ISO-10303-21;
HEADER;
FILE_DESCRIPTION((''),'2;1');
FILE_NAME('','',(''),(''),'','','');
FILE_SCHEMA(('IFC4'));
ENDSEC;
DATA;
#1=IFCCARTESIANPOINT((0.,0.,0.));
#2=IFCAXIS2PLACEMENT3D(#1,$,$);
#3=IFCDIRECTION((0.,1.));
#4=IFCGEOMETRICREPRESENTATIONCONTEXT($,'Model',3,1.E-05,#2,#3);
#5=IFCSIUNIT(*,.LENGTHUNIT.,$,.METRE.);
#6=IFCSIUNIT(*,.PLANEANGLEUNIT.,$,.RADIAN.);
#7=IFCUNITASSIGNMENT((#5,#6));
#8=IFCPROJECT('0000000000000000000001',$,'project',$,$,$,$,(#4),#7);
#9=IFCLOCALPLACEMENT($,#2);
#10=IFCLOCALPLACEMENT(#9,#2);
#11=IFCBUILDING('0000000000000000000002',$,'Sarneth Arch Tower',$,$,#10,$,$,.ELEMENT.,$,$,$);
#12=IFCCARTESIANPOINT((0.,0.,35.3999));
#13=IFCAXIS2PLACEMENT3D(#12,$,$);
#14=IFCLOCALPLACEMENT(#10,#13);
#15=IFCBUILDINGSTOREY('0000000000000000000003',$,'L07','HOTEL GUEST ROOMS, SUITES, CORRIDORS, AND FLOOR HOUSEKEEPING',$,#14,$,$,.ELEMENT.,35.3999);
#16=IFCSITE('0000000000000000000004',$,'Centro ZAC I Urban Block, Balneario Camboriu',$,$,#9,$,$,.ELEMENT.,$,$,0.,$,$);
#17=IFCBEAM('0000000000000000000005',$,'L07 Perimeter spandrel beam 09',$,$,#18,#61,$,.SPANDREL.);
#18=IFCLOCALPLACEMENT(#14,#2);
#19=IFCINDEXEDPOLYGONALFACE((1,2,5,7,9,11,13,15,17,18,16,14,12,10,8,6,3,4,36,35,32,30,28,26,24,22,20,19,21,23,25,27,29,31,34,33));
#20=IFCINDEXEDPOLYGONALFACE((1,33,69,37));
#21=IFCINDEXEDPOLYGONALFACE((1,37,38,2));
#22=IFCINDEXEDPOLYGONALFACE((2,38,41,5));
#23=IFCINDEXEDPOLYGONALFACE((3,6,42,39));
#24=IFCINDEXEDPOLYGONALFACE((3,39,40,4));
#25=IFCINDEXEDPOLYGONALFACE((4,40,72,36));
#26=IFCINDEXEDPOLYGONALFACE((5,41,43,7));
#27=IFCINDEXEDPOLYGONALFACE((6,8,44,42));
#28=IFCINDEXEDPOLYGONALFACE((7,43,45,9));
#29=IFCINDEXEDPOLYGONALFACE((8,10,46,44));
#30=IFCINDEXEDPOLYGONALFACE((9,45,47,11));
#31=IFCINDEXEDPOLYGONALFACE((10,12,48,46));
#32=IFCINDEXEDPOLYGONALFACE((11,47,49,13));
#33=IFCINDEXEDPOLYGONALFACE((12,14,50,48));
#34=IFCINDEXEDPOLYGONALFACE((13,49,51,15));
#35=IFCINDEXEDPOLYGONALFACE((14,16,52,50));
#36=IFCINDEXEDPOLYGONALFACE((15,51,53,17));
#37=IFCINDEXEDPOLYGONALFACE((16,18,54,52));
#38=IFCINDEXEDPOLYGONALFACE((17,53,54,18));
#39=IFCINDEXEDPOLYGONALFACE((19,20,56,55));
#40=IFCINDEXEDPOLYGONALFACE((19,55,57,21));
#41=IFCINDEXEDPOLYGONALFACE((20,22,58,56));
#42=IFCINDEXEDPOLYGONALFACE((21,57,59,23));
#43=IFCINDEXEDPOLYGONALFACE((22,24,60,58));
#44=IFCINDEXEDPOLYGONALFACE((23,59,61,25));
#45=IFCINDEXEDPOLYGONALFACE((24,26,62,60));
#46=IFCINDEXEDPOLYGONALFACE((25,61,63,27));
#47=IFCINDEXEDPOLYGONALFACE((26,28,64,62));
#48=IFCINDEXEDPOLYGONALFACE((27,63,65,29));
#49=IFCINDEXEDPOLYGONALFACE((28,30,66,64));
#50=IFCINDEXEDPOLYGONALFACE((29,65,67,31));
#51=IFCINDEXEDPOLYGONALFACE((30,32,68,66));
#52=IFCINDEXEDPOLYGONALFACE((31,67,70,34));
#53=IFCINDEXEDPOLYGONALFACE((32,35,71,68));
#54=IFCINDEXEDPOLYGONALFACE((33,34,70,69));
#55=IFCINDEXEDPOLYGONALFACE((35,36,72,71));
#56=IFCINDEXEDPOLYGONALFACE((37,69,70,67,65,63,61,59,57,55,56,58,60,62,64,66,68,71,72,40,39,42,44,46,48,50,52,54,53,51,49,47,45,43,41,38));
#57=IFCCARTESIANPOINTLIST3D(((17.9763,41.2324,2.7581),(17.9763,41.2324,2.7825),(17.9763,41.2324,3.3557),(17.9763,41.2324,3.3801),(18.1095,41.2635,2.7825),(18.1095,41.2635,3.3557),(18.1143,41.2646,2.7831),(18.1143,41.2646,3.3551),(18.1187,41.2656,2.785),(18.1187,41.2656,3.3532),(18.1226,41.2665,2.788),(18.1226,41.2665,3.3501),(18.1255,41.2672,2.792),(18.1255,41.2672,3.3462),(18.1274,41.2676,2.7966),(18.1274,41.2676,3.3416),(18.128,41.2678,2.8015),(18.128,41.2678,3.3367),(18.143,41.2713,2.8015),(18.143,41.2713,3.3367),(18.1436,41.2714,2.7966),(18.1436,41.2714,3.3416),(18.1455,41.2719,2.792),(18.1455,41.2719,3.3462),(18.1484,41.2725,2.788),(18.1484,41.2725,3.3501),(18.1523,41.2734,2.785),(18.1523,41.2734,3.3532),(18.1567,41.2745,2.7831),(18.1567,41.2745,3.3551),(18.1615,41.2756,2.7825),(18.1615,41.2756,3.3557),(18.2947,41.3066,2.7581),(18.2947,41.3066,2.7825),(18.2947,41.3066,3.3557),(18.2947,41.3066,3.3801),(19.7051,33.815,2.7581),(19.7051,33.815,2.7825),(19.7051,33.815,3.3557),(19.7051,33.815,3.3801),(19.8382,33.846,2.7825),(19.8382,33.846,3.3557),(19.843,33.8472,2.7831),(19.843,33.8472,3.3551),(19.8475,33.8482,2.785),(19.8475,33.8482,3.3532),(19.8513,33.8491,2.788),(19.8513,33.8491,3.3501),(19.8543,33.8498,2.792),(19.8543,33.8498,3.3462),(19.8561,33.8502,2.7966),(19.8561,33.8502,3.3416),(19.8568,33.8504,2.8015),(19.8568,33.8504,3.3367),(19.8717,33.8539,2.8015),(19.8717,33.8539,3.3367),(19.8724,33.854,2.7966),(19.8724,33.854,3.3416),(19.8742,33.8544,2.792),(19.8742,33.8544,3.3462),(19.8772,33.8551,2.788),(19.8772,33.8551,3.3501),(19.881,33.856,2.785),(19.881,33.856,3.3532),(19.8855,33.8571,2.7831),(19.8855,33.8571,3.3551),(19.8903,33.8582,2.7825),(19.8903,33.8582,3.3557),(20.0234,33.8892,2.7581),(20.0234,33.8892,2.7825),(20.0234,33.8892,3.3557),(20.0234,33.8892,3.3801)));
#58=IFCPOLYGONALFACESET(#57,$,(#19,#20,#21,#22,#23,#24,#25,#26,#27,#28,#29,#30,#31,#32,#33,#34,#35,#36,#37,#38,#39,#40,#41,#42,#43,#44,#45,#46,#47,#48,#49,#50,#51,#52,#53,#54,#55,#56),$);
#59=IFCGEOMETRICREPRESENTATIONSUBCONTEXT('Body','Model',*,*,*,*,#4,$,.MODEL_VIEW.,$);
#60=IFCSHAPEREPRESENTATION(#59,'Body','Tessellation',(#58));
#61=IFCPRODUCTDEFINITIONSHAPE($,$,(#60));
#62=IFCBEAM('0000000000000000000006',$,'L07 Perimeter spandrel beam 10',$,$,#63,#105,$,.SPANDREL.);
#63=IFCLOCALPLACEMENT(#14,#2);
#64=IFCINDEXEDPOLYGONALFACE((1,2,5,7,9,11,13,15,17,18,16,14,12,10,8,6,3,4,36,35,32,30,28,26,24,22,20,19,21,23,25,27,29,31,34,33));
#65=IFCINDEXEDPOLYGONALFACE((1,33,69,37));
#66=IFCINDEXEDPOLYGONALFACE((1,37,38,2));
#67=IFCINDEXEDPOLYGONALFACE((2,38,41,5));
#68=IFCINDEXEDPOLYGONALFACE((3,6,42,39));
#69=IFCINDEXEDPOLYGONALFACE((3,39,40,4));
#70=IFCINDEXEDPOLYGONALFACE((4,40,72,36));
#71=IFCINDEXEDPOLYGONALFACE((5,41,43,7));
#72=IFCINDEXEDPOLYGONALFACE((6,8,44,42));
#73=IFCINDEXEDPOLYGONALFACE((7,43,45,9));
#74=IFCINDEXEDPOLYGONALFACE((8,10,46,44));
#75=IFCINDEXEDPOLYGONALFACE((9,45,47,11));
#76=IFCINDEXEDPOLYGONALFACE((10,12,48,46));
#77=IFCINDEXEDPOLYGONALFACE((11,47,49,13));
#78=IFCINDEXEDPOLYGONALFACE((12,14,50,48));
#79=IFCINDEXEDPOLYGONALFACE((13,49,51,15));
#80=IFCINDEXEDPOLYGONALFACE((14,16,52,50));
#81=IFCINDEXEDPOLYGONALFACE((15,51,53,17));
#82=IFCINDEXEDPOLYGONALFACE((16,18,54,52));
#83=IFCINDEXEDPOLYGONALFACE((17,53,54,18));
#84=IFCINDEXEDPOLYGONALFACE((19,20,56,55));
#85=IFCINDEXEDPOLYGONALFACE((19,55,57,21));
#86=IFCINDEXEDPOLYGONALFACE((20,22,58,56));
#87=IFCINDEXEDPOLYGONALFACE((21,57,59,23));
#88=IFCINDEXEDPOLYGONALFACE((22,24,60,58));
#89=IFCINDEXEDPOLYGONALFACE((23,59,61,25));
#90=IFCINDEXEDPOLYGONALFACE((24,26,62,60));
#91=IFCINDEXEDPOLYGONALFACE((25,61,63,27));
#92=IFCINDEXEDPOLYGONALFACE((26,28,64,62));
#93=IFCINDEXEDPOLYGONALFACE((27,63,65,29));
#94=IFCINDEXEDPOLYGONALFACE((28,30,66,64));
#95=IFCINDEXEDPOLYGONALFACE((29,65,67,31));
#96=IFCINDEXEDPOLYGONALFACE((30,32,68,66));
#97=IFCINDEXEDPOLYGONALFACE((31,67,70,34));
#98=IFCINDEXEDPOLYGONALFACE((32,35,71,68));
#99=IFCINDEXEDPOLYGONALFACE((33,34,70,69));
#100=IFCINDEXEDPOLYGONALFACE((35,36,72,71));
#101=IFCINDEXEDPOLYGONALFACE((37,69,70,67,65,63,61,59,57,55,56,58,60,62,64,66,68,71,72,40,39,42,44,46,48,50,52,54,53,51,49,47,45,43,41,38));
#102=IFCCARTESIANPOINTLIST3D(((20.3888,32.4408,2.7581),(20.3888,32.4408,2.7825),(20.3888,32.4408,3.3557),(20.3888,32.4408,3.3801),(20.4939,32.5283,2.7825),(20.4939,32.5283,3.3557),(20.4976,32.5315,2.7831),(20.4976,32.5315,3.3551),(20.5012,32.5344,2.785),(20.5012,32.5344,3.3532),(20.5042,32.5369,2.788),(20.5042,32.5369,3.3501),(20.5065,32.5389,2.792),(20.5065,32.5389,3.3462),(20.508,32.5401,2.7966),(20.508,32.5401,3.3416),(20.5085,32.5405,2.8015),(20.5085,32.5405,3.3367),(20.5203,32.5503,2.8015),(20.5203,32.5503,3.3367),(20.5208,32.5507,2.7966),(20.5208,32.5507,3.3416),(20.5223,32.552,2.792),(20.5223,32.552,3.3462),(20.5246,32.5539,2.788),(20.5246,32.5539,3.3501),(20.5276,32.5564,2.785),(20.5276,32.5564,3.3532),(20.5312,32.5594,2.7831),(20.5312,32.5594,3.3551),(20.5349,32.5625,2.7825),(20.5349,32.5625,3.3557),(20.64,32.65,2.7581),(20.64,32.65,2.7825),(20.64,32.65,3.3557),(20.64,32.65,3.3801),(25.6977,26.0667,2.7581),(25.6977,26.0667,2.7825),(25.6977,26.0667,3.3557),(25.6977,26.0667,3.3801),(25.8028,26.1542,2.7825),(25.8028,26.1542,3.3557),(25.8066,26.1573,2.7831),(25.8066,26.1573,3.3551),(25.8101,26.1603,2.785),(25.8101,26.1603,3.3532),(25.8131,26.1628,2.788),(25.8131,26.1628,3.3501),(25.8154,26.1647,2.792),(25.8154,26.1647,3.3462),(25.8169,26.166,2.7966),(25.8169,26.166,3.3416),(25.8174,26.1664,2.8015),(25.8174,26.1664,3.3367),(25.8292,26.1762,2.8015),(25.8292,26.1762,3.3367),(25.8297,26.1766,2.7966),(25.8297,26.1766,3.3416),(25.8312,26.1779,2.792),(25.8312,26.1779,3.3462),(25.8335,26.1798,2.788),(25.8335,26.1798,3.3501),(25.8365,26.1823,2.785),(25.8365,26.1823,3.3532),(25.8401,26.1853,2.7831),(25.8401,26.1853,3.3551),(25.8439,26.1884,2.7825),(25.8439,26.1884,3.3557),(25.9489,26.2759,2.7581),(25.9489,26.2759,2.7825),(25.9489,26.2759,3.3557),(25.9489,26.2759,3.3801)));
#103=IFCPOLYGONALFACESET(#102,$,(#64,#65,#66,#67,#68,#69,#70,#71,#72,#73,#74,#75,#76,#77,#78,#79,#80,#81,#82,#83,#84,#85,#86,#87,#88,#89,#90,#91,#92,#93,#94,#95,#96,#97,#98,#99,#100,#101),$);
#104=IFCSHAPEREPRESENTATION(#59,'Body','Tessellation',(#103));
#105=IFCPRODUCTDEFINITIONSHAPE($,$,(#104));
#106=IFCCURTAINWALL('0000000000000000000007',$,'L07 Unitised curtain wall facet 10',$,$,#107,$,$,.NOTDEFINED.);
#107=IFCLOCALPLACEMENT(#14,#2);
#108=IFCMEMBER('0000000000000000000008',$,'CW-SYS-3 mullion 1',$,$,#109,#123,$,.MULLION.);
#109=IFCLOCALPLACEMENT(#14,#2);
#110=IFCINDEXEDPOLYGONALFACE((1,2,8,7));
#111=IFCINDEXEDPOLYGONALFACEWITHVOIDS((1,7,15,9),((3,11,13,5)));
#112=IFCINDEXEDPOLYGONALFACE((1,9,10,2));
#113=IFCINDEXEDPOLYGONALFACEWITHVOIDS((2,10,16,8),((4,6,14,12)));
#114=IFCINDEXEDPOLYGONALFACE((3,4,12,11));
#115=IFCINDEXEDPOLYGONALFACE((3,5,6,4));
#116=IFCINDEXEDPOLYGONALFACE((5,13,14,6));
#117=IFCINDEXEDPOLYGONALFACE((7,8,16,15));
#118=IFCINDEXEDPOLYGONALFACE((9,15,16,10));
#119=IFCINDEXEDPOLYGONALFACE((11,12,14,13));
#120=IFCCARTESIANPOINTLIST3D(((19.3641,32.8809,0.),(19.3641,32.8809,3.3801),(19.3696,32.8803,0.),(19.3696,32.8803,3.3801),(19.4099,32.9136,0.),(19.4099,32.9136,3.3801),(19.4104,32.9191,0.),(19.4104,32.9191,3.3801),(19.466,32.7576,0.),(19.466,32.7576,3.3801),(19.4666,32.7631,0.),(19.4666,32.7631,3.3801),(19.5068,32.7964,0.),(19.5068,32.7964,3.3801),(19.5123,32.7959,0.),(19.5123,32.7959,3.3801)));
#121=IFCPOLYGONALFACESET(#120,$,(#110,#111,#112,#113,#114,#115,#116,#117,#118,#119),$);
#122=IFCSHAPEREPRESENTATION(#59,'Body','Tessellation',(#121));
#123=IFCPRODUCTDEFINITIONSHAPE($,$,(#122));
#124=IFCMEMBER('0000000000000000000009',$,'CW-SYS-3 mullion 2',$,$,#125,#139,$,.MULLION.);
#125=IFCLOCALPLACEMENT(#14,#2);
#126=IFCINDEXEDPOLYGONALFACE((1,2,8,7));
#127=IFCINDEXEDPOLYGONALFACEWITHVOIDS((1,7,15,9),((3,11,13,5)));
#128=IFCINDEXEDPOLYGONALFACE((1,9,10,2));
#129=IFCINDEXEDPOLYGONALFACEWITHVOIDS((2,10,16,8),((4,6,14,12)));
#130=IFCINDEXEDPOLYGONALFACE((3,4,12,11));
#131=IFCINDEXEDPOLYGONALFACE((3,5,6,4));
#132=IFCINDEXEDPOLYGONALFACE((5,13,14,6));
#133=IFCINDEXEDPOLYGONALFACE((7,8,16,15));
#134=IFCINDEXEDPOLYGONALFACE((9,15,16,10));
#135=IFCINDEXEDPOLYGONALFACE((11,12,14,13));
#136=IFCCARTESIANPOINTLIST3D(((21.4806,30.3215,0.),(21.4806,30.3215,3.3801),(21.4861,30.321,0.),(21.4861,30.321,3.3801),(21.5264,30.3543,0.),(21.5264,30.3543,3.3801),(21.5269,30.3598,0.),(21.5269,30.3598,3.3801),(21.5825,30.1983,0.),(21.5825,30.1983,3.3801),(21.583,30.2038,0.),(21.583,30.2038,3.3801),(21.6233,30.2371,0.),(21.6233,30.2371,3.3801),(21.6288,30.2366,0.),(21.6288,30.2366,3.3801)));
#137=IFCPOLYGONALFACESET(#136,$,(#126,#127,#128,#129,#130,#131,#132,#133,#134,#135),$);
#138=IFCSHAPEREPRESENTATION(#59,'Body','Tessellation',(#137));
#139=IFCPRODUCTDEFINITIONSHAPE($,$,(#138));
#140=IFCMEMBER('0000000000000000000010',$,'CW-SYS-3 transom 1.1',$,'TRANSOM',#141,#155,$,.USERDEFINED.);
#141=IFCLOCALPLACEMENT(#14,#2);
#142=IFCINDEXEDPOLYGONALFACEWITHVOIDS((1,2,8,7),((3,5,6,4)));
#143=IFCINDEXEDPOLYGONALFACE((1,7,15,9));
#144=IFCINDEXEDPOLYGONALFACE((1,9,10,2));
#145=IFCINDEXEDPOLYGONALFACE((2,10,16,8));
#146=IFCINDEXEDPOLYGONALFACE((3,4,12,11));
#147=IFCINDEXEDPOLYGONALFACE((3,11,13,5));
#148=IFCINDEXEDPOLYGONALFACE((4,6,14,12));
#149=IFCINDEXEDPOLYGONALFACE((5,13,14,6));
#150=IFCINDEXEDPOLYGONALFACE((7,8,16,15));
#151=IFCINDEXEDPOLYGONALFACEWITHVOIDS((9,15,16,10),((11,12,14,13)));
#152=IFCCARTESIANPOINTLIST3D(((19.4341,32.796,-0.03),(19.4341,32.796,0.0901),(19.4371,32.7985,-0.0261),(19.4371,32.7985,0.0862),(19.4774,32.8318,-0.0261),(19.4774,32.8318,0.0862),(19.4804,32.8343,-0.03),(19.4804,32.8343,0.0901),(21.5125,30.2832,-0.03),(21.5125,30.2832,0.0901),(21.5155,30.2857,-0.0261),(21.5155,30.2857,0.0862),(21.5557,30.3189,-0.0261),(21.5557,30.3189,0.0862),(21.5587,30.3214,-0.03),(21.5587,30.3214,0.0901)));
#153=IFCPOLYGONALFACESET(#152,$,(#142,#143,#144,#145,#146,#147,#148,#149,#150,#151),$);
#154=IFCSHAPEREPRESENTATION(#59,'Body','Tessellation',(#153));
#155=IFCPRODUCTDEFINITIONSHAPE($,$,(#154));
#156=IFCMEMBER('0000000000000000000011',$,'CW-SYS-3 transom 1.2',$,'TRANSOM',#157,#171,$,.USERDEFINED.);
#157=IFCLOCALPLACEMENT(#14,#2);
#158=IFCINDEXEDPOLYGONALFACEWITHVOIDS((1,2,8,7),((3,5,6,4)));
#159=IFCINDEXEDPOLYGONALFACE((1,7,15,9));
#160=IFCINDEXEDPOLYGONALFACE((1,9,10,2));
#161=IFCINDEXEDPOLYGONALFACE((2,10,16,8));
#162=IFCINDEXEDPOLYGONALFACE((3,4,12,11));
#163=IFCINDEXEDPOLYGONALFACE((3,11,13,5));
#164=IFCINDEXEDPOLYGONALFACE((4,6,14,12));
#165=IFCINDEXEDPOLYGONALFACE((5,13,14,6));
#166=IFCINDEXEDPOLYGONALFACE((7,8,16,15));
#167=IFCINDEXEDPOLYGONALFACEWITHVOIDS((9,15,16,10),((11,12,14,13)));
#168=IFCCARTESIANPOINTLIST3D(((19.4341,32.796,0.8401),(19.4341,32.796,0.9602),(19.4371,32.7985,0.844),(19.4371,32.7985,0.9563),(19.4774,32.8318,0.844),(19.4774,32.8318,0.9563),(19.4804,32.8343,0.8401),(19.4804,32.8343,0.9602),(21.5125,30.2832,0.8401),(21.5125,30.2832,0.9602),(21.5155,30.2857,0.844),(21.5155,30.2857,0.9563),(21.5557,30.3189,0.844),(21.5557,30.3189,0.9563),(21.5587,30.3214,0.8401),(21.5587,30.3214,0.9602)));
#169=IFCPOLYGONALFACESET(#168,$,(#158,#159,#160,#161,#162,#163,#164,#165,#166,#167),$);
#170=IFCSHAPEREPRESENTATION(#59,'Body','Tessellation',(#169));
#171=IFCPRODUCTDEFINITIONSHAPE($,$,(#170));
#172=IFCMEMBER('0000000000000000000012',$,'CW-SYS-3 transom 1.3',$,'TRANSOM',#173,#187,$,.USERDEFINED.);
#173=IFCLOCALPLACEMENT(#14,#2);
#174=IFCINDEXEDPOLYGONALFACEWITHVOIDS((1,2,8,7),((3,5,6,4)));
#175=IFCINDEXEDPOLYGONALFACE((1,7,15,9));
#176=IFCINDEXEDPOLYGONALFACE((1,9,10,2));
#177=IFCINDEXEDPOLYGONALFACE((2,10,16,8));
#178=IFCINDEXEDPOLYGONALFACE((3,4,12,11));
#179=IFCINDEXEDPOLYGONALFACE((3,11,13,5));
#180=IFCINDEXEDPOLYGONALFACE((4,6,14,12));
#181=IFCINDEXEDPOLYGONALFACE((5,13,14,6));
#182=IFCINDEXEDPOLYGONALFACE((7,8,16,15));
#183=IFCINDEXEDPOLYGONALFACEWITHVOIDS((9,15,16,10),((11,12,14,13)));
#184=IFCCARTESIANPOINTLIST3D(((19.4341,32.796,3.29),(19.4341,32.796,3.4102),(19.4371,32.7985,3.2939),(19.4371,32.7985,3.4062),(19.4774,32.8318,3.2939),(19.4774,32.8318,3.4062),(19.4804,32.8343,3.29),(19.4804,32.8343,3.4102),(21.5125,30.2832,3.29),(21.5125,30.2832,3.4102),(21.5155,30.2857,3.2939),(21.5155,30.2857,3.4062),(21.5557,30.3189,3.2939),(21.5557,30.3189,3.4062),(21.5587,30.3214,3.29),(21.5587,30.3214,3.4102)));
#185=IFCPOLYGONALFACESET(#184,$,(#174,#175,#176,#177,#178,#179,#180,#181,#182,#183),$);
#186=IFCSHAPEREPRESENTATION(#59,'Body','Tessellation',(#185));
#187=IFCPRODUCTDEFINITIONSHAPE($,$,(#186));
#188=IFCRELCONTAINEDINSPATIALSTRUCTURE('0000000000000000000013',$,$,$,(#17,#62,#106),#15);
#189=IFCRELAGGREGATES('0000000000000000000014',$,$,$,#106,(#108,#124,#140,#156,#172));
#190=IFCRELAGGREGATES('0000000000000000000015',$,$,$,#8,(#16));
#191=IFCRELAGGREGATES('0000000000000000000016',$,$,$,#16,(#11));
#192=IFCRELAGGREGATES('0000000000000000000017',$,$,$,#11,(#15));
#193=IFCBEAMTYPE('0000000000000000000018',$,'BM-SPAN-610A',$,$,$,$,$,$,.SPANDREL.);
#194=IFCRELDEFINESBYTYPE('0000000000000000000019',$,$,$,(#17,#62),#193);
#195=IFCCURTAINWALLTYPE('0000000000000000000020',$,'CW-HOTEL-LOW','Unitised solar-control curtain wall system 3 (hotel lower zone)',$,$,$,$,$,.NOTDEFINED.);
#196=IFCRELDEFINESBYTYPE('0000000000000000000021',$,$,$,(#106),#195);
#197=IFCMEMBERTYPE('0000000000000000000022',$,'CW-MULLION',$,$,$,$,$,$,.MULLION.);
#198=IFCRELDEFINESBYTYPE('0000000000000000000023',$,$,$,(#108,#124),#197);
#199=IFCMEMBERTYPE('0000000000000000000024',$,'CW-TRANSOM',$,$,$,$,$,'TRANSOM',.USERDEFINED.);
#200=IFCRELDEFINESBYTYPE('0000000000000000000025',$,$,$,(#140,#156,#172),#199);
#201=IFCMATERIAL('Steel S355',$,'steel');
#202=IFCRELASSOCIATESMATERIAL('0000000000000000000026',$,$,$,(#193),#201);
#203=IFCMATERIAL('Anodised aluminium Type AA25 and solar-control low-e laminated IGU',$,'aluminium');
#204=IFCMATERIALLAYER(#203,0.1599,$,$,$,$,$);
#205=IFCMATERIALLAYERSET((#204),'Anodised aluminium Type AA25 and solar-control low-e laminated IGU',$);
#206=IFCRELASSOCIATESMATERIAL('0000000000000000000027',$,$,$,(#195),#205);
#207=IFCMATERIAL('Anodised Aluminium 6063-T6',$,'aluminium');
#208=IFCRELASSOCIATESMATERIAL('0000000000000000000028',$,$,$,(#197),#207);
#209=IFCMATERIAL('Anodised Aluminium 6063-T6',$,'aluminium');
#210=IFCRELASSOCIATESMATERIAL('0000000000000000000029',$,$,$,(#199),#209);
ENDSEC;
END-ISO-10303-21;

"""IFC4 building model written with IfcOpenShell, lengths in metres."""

from ifc_helpers import new_model, si_unit, direction, frame, origin, origin_2d, place, context, subcontext, project, spatial, hollow_rectangle, i_section, extrude, material, layer, layer_set, material_profile, profile_set, type_object, element, aggregate, save


model = new_model("IFC4")

# Units and contexts
model_context = context("Model", 3, precision=1e-05, world=origin(), true_north=direction((0.0, 1.0)))
body_context = subcontext(model_context, "Body", "Model", "MODEL_VIEW")
ifc_project = project(units=[si_unit("LENGTHUNIT", "METRE"), si_unit("PLANEANGLEUNIT", "RADIAN")], contexts=[model_context])

# Site, building, storey
site_placement = place(None, origin())
site = spatial("IfcSite", under=ifc_project, at=site_placement, Name="Centro ZAC I Urban Block, Balneario Camboriu", CompositionType="ELEMENT", RefElevation=0.0)
building_placement = place(site_placement, origin())
building = spatial("IfcBuilding", under=site, at=building_placement, Name="Sarneth Arch Tower", CompositionType="ELEMENT")
storey_placement = place(building_placement, frame((0.0, 0.0, 35.3999)))
storey = spatial("IfcBuildingStorey", under=building, at=storey_placement, Name="L07", Description="HOTEL GUEST ROOMS, SUITES, CORRIDORS, AND FLOOR HOUSEKEEPING", CompositionType="ELEMENT", Elevation=35.3999)

# Beams
ifc_material_1 = material(Name="Steel S355", Category="steel")
ifc_material_profile_1 = material_profile(ifc_material_1, i_section(OverallWidth=0.3269, OverallDepth=0.6221, WebThickness=0.0154, FlangeThickness=0.0244, FilletRadius=0.019, at=origin_2d()), Name="W610x195")
ifc_profile_set_1 = profile_set([ifc_material_profile_1], Name="Steel S355")
beam_type_1 = type_object("IfcBeamType", Name="BM-SPAN-610A", PredefinedType="SPANDREL", material=ifc_profile_set_1)
beam_1_placement = place(storey_placement, frame((18.1355, 41.2695, 3.0691), z_axis=(0.226982, -0.973899, 0.0), x_axis=(0.973899, 0.226982, 0.0)))
element("IfcBeam", 1, at=beam_1_placement, inside=storey, type_object=beam_type_1, Name="L07 Perimeter spandrel beam 09", PredefinedType="SPANDREL", context=body_context, shape_type="SweptSolid", body=[
    extrude(i_section(OverallWidth=0.3269, OverallDepth=0.6221, WebThickness=0.0154, FlangeThickness=0.0244, FilletRadius=0.019, at=origin_2d()), origin(), (0.0, 0.0, 1.0), 7.6162),
])
beam_2_placement = place(storey_placement, frame((20.5144, 32.5454, 3.0691), z_axis=(0.639982, -0.76839, 0.0), x_axis=(0.76839, 0.639982, 0.0)))
element("IfcBeam", 2, at=beam_2_placement, inside=storey, type_object=beam_type_1, Name="L07 Perimeter spandrel beam 10", PredefinedType="SPANDREL", context=body_context, shape_type="SweptSolid", body=[
    extrude(i_section(OverallWidth=0.3269, OverallDepth=0.6221, WebThickness=0.0154, FlangeThickness=0.0244, FilletRadius=0.019, at=origin_2d()), origin(), (0.0, 0.0, 1.0), 8.2954),
])

# Curtain wall, members
ifc_material_2 = material(Name="Anodised aluminium Type AA25 and solar-control low-e laminated IGU", Category="aluminium")
ifc_layer_1 = layer(ifc_material_2, 0.1599)
ifc_layer_set_1 = layer_set([ifc_layer_1], Name="Anodised aluminium Type AA25 and solar-control low-e laminated IGU")
curtain_wall_type = type_object("IfcCurtainWallType", Name="CW-HOTEL-LOW", Description="Unitised solar-control curtain wall system 3 (hotel lower zone)", PredefinedType="NOTDEFINED", material=ifc_layer_set_1)
curtain_wall_placement = place(storey_placement, origin())
curtain_wall = element("IfcCurtainWall", 3, at=curtain_wall_placement, inside=storey, type_object=curtain_wall_type, Name="L07 Unitised curtain wall facet 10", PredefinedType="NOTDEFINED")
ifc_material_3 = material(Name="Anodised Aluminium 6063-T6", Category="aluminium")
ifc_material_profile_2 = material_profile(ifc_material_3, hollow_rectangle(XDim=0.0601, YDim=0.1599, WallThickness=0.0039, at=origin_2d()), Name="AL-MULL-160x60x4")
ifc_profile_set_2 = profile_set([ifc_material_profile_2], Name="Anodised Aluminium 6063-T6")
member_type_1 = type_object("IfcMemberType", Name="CW-MULLION", PredefinedType="MULLION", material=ifc_profile_set_2)
member_1_placement = place(storey_placement, frame((19.4382, 32.8384, 0.0), z_axis=(0.0, 0.0, 1.0), x_axis=(0.770623, 0.637291, 0.0)))
member_1 = element("IfcMember", 4, at=member_1_placement, type_object=member_type_1, Name="CW-SYS-3 mullion 1", PredefinedType="MULLION", context=body_context, shape_type="SweptSolid", body=[
    extrude(hollow_rectangle(XDim=0.0601, YDim=0.1599, WallThickness=0.0039, at=origin_2d()), origin(), (0.0, 0.0, 1.0), 3.3801),
])
member_2_placement = place(storey_placement, frame((21.5547, 30.2791, 0.0), z_axis=(0.0, 0.0, 1.0), x_axis=(0.770623, 0.637291, 0.0)))
member_2 = element("IfcMember", 5, at=member_2_placement, type_object=member_type_1, Name="CW-SYS-3 mullion 2", PredefinedType="MULLION", context=body_context, shape_type="SweptSolid", body=[
    extrude(hollow_rectangle(XDim=0.0601, YDim=0.1599, WallThickness=0.0039, at=origin_2d()), origin(), (0.0, 0.0, 1.0), 3.3801),
])
ifc_material_4 = material(Name="Anodised Aluminium 6063-T6", Category="aluminium")
ifc_material_profile_3 = material_profile(ifc_material_4, hollow_rectangle(XDim=0.0601, YDim=0.1201, WallThickness=0.0039, at=origin_2d()), Name="AL-TRAN-120x60x4")
ifc_profile_set_3 = profile_set([ifc_material_profile_3], Name="Anodised Aluminium 6063-T6")
member_type_2 = type_object("IfcMemberType", Name="CW-TRANSOM", ElementType="TRANSOM", PredefinedType="USERDEFINED", material=ifc_profile_set_3)
member_3_placement = place(storey_placement, frame((19.4573, 32.8152, 0.03), z_axis=(0.63733, -0.770591, 0.0), x_axis=(0.770591, 0.63733, 0.0)))
member_3 = element("IfcMember", 6, at=member_3_placement, type_object=member_type_2, Name="CW-SYS-3 transom 1.1", ObjectType="TRANSOM", PredefinedType="USERDEFINED", context=body_context, shape_type="SweptSolid", body=[
    extrude(hollow_rectangle(XDim=0.0601, YDim=0.1201, WallThickness=0.0039, at=origin_2d()), origin(), (0.0, 0.0, 1.0), 3.261),
])
member_4_placement = place(storey_placement, frame((19.4573, 32.8152, 0.9001), z_axis=(0.63733, -0.770591, 0.0), x_axis=(0.770591, 0.63733, 0.0)))
member_4 = element("IfcMember", 7, at=member_4_placement, type_object=member_type_2, Name="CW-SYS-3 transom 1.2", ObjectType="TRANSOM", PredefinedType="USERDEFINED", context=body_context, shape_type="SweptSolid", body=[
    extrude(hollow_rectangle(XDim=0.0601, YDim=0.1201, WallThickness=0.0039, at=origin_2d()), origin(), (0.0, 0.0, 1.0), 3.261),
])
member_5_placement = place(storey_placement, frame((19.4573, 32.8152, 3.3501), z_axis=(0.63733, -0.770591, 0.0), x_axis=(0.770591, 0.63733, 0.0)))
member_5 = element("IfcMember", 8, at=member_5_placement, type_object=member_type_2, Name="CW-SYS-3 transom 1.3", ObjectType="TRANSOM", PredefinedType="USERDEFINED", context=body_context, shape_type="SweptSolid", body=[
    extrude(hollow_rectangle(XDim=0.0601, YDim=0.1201, WallThickness=0.0039, at=origin_2d()), origin(), (0.0, 0.0, 1.0), 3.261),
])
aggregate(curtain_wall, [member_1, member_2, member_3, member_4, member_5])

save(model, "model.ifc")
